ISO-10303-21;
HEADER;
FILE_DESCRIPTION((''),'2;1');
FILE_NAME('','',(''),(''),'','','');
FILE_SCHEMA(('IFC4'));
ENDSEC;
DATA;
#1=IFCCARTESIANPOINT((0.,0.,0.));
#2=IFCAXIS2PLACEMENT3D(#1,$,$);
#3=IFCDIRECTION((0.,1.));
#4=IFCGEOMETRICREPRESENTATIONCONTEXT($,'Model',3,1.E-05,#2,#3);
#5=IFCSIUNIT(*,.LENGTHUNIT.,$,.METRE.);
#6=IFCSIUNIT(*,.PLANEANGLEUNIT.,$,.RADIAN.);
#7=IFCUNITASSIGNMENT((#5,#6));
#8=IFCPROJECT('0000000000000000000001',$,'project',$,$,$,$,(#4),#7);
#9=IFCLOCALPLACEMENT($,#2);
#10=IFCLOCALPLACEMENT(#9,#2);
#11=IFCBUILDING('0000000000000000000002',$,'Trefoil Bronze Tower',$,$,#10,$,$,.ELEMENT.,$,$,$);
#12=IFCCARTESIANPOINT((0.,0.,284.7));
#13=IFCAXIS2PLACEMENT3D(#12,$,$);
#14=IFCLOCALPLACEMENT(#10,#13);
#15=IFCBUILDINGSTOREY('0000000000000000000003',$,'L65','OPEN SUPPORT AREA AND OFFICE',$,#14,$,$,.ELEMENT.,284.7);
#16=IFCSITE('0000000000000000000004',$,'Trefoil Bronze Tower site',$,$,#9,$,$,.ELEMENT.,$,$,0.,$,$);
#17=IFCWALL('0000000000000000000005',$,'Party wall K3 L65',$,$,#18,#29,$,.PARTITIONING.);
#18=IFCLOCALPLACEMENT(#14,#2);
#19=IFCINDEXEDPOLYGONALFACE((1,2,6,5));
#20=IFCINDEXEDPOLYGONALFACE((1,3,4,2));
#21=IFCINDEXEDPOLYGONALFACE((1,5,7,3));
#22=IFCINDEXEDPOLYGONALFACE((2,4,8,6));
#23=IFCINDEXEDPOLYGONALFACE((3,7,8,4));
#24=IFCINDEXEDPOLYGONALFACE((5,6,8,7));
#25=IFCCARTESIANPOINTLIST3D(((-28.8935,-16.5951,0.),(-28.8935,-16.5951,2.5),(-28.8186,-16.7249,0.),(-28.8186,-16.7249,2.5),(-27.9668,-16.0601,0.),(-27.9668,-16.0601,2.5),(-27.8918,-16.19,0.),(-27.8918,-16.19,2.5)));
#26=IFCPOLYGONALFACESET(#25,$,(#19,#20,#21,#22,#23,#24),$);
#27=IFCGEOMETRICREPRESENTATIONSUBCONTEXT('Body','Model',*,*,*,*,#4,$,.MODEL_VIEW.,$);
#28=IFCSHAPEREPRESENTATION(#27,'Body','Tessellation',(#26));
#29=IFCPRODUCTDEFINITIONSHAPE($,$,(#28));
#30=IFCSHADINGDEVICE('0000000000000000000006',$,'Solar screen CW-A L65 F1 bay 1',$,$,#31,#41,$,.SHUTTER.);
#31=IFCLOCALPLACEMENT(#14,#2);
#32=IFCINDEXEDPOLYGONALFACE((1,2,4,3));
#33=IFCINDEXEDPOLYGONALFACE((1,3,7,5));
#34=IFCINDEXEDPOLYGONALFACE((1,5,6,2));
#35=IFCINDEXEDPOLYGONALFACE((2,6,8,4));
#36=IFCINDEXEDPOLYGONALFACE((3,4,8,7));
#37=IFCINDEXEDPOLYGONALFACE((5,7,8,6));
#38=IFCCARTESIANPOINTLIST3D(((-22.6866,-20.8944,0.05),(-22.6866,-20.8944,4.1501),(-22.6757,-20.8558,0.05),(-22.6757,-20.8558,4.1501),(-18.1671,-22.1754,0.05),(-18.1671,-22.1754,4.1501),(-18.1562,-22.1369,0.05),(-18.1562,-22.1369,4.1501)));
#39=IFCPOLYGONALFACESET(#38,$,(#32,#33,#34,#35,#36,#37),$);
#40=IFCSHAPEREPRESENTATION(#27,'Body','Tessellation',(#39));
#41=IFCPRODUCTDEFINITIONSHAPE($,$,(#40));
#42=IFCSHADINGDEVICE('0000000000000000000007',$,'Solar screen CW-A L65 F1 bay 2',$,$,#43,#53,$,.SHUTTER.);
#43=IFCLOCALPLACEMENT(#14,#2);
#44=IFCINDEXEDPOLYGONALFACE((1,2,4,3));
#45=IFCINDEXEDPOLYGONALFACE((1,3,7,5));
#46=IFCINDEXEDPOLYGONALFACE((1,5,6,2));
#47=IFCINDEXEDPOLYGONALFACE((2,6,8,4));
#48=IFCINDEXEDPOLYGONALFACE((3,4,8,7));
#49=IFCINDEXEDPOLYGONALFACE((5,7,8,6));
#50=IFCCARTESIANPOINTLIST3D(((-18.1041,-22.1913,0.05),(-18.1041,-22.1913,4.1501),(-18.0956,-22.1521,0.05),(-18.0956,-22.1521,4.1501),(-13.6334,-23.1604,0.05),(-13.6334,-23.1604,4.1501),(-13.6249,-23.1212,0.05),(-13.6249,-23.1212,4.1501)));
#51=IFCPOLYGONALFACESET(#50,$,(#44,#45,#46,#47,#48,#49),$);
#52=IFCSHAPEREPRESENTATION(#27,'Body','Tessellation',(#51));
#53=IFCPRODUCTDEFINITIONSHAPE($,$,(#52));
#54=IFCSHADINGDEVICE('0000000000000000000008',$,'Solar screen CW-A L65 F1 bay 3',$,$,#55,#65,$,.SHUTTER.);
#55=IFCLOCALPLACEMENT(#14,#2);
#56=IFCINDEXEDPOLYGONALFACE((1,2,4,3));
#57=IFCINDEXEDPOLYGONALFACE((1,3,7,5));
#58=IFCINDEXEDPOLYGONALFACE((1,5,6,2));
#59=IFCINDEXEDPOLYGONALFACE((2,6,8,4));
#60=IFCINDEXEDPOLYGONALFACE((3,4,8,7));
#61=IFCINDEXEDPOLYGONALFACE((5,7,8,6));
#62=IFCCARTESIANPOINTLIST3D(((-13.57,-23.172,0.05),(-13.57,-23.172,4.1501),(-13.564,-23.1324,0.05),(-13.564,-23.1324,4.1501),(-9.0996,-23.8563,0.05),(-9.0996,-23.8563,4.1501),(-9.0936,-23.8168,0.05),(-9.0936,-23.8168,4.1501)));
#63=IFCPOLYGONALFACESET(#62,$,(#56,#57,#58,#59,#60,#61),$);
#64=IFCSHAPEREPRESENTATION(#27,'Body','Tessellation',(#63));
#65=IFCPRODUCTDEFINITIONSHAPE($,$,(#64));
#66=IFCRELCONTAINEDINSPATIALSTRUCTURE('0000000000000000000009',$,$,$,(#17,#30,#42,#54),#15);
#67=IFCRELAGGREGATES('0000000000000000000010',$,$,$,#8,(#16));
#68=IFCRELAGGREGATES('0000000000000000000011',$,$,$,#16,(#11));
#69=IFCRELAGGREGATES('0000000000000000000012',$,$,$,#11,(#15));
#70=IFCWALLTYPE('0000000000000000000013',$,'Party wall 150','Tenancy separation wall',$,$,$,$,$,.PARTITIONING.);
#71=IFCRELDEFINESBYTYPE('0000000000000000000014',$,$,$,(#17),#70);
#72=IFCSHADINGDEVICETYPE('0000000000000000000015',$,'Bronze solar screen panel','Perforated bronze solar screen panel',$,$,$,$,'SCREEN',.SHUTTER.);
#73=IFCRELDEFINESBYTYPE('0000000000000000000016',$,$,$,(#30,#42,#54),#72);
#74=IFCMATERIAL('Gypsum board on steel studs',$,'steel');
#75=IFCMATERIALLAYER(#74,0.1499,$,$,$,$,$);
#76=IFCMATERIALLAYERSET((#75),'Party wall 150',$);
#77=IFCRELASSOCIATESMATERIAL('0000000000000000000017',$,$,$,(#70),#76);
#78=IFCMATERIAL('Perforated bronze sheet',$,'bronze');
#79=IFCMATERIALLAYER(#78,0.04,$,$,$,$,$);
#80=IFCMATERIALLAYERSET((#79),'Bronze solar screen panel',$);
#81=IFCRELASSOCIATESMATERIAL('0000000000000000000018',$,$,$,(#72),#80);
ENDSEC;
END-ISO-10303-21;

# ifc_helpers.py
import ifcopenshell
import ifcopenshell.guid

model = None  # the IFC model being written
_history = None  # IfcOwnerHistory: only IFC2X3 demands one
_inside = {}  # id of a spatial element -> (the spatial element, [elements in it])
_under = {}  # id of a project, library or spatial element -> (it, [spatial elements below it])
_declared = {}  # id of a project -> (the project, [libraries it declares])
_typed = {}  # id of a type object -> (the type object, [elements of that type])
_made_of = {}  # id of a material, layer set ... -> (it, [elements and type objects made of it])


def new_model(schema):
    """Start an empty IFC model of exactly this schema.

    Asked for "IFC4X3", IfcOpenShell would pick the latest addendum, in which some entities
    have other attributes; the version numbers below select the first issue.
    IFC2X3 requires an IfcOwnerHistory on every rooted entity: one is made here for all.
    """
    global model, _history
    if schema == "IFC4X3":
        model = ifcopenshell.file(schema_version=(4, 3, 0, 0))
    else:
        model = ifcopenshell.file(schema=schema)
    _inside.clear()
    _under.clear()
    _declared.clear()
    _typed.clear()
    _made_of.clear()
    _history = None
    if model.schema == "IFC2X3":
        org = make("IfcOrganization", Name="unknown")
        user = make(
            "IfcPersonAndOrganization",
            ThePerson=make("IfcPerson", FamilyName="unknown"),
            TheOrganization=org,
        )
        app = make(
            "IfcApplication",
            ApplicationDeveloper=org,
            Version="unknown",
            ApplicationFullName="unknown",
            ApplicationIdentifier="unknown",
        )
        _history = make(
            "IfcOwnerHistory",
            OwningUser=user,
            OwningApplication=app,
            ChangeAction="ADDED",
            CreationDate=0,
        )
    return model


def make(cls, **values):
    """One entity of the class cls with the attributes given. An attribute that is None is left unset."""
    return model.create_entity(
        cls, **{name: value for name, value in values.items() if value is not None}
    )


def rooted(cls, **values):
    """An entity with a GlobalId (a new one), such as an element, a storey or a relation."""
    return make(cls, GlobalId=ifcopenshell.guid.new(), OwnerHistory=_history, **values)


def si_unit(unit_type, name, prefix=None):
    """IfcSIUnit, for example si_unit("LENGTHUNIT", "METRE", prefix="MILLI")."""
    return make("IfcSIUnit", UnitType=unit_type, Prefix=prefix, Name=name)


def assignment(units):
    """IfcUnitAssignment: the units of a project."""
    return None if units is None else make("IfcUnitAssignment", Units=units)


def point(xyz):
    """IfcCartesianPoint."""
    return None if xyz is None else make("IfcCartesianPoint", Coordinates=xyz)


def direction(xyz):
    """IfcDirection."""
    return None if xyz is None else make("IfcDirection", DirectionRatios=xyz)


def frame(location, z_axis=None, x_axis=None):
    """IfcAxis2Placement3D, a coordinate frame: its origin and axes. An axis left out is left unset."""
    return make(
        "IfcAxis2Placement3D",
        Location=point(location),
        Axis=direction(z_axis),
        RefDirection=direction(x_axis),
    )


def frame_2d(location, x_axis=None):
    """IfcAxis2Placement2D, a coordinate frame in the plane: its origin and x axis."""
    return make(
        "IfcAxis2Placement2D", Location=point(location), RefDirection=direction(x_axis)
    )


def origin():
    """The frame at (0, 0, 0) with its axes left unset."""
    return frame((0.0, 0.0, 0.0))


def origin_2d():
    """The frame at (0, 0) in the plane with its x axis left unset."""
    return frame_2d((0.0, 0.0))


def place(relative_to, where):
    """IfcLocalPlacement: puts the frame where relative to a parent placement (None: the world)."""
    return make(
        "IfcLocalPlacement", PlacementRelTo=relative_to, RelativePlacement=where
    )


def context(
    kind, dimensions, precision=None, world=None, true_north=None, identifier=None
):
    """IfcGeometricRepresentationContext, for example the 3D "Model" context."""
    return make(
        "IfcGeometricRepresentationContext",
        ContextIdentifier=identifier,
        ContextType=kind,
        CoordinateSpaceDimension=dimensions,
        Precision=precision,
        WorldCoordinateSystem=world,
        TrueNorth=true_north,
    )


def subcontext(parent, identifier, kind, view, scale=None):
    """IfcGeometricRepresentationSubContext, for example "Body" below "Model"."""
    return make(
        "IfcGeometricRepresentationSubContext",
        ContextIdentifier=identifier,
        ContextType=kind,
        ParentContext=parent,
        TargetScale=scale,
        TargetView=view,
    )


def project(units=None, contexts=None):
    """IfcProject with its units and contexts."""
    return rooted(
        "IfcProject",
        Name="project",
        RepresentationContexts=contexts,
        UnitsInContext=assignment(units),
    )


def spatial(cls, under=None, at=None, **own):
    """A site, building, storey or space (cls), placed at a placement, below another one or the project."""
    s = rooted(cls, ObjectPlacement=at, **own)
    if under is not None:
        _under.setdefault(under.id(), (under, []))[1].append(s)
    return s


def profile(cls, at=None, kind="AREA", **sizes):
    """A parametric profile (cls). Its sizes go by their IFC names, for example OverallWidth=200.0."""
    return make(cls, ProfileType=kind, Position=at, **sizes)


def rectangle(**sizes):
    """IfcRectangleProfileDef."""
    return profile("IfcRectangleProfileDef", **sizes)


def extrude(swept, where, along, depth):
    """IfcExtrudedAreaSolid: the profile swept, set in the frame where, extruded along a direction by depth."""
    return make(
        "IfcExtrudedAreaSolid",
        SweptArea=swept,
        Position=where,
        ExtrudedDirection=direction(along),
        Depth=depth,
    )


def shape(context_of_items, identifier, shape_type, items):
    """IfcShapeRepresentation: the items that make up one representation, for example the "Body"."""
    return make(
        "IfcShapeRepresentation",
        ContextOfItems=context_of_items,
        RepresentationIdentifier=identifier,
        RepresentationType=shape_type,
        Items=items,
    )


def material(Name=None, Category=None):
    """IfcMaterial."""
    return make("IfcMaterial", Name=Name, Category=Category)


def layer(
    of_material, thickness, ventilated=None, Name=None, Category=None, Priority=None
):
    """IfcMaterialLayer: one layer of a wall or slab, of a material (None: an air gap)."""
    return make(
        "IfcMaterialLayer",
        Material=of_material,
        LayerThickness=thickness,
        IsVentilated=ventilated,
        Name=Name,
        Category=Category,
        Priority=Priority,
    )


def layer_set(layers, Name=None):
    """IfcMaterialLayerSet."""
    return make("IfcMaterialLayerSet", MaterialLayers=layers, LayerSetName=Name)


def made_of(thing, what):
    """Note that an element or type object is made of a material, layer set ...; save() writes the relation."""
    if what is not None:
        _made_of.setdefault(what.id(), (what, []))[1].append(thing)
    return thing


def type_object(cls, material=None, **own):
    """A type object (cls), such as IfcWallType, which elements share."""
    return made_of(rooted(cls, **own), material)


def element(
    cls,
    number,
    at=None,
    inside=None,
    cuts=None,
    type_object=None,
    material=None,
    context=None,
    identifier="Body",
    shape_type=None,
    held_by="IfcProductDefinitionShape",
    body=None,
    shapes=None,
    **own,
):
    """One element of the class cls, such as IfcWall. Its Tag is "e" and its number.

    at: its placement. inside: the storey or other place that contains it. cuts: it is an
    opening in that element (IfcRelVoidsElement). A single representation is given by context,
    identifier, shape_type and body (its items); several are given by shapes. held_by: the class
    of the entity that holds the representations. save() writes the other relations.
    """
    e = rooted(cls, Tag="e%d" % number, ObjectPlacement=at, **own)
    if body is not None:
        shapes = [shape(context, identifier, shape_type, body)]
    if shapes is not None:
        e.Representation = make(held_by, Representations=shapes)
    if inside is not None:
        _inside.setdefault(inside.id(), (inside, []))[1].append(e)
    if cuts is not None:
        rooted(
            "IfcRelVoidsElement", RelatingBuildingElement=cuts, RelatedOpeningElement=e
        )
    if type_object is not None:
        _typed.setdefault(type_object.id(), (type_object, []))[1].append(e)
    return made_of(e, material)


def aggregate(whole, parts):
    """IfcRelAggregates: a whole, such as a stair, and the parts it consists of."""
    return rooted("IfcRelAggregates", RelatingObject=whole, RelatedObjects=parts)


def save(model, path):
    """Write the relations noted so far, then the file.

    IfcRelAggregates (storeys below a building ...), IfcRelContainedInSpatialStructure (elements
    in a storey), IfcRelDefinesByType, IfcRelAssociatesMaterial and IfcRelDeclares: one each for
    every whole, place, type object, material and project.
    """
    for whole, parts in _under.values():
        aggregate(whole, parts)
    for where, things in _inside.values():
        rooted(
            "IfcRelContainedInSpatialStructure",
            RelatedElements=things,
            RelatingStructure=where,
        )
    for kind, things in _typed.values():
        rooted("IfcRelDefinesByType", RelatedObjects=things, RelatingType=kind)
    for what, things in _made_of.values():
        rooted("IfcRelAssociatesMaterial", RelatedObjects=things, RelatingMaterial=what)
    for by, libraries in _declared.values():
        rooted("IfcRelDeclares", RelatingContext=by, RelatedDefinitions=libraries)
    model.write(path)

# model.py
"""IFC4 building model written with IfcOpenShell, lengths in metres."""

from ifc_helpers import new_model, si_unit, direction, frame, frame_2d, origin, origin_2d, place, context, subcontext, project, spatial, rectangle, extrude, material, layer, layer_set, type_object, element, save


model = new_model("IFC4")

# Units and contexts
model_context = context("Model", 3, precision=1e-05, world=origin(), true_north=direction((0.0, 1.0)))
body_context = subcontext(model_context, "Body", "Model", "MODEL_VIEW")
ifc_project = project(units=[si_unit("LENGTHUNIT", "METRE"), si_unit("PLANEANGLEUNIT", "RADIAN")], contexts=[model_context])

# Site, building, storey
site_placement = place(None, origin())
site = spatial("IfcSite", under=ifc_project, at=site_placement, Name="Trefoil Bronze Tower site", CompositionType="ELEMENT", RefElevation=0.0)
building_placement = place(site_placement, origin())
building = spatial("IfcBuilding", under=site, at=building_placement, Name="Trefoil Bronze Tower", CompositionType="ELEMENT")
storey_placement = place(building_placement, frame((0.0, 0.0, 284.7)))
storey = spatial("IfcBuildingStorey", under=building, at=storey_placement, Name="L65", Description="OPEN SUPPORT AREA AND OFFICE", CompositionType="ELEMENT", Elevation=284.7)

# Wall
ifc_material_1 = material(Name="Gypsum board on steel studs", Category="steel")
ifc_layer_1 = layer(ifc_material_1, 0.1499)
ifc_layer_set_1 = layer_set([ifc_layer_1], Name="Party wall 150")
wall_type_1 = type_object("IfcWallType", Name="Party wall 150", Description="Tenancy separation wall", PredefinedType="PARTITIONING", material=ifc_layer_set_1)
wall_1_placement = place(storey_placement, frame((-27.9292, -16.125, 0.0), z_axis=(0.0, 0.0, 1.0), x_axis=(-0.866087, -0.499894, 0.0)))
element("IfcWall", 1, at=wall_1_placement, inside=storey, type_object=wall_type_1, Name="Party wall K3 L65", PredefinedType="PARTITIONING", context=body_context, shape_type="SweptSolid", body=[
    extrude(rectangle(XDim=1.0701, YDim=0.1499, at=frame_2d((0.5352, 0.0))), origin(), (0.0, 0.0, 1.0), 2.5),
])

# Shading devices
ifc_material_2 = material(Name="Perforated bronze sheet", Category="bronze")
ifc_layer_2 = layer(ifc_material_2, 0.04)
ifc_layer_set_2 = layer_set([ifc_layer_2], Name="Bronze solar screen panel")
shading_device_type = type_object("IfcShadingDeviceType", Name="Bronze solar screen panel", Description="Perforated bronze solar screen panel", ElementType="SCREEN", PredefinedType="SHUTTER", material=ifc_layer_set_2)
shading_device_1_placement = place(storey_placement, frame((-20.4214, -21.5156, 0.05), z_axis=(0.0, 0.0, 1.0), x_axis=(0.962098, -0.272705, 0.0)))
element("IfcShadingDevice", 2, at=shading_device_1_placement, inside=storey, type_object=shading_device_type, Name="Solar screen CW-A L65 F1 bay 1", PredefinedType="SHUTTER", context=body_context, shape_type="SweptSolid", body=[
    extrude(rectangle(XDim=4.6975, YDim=0.04, at=origin_2d()), origin(), (0.0, 0.0, 1.0), 4.1001),
])
shading_device_2_placement = place(storey_placement, frame((-15.8645, -22.6562, 0.05), z_axis=(0.0, 0.0, 1.0), x_axis=(0.977303, -0.211846, 0.0)))
element("IfcShadingDevice", 3, at=shading_device_2_placement, inside=storey, type_object=shading_device_type, Name="Solar screen CW-A L65 F1 bay 2", PredefinedType="SHUTTER", context=body_context, shape_type="SweptSolid", body=[
    extrude(rectangle(XDim=4.5745, YDim=0.04, at=origin_2d()), origin(), (0.0, 0.0, 1.0), 4.1001),
])
shading_device_3_placement = place(storey_placement, frame((-11.3318, -23.4944, 0.05), z_axis=(0.0, 0.0, 1.0), x_axis=(0.988485, -0.151317, 0.0)))
element("IfcShadingDevice", 4, at=shading_device_3_placement, inside=storey, type_object=shading_device_type, Name="Solar screen CW-A L65 F1 bay 3", PredefinedType="SHUTTER", context=body_context, shape_type="SweptSolid", body=[
    extrude(rectangle(XDim=4.5225, YDim=0.04, at=origin_2d()), origin(), (0.0, 0.0, 1.0), 4.1001),
])

save(model, "model.ifc")
